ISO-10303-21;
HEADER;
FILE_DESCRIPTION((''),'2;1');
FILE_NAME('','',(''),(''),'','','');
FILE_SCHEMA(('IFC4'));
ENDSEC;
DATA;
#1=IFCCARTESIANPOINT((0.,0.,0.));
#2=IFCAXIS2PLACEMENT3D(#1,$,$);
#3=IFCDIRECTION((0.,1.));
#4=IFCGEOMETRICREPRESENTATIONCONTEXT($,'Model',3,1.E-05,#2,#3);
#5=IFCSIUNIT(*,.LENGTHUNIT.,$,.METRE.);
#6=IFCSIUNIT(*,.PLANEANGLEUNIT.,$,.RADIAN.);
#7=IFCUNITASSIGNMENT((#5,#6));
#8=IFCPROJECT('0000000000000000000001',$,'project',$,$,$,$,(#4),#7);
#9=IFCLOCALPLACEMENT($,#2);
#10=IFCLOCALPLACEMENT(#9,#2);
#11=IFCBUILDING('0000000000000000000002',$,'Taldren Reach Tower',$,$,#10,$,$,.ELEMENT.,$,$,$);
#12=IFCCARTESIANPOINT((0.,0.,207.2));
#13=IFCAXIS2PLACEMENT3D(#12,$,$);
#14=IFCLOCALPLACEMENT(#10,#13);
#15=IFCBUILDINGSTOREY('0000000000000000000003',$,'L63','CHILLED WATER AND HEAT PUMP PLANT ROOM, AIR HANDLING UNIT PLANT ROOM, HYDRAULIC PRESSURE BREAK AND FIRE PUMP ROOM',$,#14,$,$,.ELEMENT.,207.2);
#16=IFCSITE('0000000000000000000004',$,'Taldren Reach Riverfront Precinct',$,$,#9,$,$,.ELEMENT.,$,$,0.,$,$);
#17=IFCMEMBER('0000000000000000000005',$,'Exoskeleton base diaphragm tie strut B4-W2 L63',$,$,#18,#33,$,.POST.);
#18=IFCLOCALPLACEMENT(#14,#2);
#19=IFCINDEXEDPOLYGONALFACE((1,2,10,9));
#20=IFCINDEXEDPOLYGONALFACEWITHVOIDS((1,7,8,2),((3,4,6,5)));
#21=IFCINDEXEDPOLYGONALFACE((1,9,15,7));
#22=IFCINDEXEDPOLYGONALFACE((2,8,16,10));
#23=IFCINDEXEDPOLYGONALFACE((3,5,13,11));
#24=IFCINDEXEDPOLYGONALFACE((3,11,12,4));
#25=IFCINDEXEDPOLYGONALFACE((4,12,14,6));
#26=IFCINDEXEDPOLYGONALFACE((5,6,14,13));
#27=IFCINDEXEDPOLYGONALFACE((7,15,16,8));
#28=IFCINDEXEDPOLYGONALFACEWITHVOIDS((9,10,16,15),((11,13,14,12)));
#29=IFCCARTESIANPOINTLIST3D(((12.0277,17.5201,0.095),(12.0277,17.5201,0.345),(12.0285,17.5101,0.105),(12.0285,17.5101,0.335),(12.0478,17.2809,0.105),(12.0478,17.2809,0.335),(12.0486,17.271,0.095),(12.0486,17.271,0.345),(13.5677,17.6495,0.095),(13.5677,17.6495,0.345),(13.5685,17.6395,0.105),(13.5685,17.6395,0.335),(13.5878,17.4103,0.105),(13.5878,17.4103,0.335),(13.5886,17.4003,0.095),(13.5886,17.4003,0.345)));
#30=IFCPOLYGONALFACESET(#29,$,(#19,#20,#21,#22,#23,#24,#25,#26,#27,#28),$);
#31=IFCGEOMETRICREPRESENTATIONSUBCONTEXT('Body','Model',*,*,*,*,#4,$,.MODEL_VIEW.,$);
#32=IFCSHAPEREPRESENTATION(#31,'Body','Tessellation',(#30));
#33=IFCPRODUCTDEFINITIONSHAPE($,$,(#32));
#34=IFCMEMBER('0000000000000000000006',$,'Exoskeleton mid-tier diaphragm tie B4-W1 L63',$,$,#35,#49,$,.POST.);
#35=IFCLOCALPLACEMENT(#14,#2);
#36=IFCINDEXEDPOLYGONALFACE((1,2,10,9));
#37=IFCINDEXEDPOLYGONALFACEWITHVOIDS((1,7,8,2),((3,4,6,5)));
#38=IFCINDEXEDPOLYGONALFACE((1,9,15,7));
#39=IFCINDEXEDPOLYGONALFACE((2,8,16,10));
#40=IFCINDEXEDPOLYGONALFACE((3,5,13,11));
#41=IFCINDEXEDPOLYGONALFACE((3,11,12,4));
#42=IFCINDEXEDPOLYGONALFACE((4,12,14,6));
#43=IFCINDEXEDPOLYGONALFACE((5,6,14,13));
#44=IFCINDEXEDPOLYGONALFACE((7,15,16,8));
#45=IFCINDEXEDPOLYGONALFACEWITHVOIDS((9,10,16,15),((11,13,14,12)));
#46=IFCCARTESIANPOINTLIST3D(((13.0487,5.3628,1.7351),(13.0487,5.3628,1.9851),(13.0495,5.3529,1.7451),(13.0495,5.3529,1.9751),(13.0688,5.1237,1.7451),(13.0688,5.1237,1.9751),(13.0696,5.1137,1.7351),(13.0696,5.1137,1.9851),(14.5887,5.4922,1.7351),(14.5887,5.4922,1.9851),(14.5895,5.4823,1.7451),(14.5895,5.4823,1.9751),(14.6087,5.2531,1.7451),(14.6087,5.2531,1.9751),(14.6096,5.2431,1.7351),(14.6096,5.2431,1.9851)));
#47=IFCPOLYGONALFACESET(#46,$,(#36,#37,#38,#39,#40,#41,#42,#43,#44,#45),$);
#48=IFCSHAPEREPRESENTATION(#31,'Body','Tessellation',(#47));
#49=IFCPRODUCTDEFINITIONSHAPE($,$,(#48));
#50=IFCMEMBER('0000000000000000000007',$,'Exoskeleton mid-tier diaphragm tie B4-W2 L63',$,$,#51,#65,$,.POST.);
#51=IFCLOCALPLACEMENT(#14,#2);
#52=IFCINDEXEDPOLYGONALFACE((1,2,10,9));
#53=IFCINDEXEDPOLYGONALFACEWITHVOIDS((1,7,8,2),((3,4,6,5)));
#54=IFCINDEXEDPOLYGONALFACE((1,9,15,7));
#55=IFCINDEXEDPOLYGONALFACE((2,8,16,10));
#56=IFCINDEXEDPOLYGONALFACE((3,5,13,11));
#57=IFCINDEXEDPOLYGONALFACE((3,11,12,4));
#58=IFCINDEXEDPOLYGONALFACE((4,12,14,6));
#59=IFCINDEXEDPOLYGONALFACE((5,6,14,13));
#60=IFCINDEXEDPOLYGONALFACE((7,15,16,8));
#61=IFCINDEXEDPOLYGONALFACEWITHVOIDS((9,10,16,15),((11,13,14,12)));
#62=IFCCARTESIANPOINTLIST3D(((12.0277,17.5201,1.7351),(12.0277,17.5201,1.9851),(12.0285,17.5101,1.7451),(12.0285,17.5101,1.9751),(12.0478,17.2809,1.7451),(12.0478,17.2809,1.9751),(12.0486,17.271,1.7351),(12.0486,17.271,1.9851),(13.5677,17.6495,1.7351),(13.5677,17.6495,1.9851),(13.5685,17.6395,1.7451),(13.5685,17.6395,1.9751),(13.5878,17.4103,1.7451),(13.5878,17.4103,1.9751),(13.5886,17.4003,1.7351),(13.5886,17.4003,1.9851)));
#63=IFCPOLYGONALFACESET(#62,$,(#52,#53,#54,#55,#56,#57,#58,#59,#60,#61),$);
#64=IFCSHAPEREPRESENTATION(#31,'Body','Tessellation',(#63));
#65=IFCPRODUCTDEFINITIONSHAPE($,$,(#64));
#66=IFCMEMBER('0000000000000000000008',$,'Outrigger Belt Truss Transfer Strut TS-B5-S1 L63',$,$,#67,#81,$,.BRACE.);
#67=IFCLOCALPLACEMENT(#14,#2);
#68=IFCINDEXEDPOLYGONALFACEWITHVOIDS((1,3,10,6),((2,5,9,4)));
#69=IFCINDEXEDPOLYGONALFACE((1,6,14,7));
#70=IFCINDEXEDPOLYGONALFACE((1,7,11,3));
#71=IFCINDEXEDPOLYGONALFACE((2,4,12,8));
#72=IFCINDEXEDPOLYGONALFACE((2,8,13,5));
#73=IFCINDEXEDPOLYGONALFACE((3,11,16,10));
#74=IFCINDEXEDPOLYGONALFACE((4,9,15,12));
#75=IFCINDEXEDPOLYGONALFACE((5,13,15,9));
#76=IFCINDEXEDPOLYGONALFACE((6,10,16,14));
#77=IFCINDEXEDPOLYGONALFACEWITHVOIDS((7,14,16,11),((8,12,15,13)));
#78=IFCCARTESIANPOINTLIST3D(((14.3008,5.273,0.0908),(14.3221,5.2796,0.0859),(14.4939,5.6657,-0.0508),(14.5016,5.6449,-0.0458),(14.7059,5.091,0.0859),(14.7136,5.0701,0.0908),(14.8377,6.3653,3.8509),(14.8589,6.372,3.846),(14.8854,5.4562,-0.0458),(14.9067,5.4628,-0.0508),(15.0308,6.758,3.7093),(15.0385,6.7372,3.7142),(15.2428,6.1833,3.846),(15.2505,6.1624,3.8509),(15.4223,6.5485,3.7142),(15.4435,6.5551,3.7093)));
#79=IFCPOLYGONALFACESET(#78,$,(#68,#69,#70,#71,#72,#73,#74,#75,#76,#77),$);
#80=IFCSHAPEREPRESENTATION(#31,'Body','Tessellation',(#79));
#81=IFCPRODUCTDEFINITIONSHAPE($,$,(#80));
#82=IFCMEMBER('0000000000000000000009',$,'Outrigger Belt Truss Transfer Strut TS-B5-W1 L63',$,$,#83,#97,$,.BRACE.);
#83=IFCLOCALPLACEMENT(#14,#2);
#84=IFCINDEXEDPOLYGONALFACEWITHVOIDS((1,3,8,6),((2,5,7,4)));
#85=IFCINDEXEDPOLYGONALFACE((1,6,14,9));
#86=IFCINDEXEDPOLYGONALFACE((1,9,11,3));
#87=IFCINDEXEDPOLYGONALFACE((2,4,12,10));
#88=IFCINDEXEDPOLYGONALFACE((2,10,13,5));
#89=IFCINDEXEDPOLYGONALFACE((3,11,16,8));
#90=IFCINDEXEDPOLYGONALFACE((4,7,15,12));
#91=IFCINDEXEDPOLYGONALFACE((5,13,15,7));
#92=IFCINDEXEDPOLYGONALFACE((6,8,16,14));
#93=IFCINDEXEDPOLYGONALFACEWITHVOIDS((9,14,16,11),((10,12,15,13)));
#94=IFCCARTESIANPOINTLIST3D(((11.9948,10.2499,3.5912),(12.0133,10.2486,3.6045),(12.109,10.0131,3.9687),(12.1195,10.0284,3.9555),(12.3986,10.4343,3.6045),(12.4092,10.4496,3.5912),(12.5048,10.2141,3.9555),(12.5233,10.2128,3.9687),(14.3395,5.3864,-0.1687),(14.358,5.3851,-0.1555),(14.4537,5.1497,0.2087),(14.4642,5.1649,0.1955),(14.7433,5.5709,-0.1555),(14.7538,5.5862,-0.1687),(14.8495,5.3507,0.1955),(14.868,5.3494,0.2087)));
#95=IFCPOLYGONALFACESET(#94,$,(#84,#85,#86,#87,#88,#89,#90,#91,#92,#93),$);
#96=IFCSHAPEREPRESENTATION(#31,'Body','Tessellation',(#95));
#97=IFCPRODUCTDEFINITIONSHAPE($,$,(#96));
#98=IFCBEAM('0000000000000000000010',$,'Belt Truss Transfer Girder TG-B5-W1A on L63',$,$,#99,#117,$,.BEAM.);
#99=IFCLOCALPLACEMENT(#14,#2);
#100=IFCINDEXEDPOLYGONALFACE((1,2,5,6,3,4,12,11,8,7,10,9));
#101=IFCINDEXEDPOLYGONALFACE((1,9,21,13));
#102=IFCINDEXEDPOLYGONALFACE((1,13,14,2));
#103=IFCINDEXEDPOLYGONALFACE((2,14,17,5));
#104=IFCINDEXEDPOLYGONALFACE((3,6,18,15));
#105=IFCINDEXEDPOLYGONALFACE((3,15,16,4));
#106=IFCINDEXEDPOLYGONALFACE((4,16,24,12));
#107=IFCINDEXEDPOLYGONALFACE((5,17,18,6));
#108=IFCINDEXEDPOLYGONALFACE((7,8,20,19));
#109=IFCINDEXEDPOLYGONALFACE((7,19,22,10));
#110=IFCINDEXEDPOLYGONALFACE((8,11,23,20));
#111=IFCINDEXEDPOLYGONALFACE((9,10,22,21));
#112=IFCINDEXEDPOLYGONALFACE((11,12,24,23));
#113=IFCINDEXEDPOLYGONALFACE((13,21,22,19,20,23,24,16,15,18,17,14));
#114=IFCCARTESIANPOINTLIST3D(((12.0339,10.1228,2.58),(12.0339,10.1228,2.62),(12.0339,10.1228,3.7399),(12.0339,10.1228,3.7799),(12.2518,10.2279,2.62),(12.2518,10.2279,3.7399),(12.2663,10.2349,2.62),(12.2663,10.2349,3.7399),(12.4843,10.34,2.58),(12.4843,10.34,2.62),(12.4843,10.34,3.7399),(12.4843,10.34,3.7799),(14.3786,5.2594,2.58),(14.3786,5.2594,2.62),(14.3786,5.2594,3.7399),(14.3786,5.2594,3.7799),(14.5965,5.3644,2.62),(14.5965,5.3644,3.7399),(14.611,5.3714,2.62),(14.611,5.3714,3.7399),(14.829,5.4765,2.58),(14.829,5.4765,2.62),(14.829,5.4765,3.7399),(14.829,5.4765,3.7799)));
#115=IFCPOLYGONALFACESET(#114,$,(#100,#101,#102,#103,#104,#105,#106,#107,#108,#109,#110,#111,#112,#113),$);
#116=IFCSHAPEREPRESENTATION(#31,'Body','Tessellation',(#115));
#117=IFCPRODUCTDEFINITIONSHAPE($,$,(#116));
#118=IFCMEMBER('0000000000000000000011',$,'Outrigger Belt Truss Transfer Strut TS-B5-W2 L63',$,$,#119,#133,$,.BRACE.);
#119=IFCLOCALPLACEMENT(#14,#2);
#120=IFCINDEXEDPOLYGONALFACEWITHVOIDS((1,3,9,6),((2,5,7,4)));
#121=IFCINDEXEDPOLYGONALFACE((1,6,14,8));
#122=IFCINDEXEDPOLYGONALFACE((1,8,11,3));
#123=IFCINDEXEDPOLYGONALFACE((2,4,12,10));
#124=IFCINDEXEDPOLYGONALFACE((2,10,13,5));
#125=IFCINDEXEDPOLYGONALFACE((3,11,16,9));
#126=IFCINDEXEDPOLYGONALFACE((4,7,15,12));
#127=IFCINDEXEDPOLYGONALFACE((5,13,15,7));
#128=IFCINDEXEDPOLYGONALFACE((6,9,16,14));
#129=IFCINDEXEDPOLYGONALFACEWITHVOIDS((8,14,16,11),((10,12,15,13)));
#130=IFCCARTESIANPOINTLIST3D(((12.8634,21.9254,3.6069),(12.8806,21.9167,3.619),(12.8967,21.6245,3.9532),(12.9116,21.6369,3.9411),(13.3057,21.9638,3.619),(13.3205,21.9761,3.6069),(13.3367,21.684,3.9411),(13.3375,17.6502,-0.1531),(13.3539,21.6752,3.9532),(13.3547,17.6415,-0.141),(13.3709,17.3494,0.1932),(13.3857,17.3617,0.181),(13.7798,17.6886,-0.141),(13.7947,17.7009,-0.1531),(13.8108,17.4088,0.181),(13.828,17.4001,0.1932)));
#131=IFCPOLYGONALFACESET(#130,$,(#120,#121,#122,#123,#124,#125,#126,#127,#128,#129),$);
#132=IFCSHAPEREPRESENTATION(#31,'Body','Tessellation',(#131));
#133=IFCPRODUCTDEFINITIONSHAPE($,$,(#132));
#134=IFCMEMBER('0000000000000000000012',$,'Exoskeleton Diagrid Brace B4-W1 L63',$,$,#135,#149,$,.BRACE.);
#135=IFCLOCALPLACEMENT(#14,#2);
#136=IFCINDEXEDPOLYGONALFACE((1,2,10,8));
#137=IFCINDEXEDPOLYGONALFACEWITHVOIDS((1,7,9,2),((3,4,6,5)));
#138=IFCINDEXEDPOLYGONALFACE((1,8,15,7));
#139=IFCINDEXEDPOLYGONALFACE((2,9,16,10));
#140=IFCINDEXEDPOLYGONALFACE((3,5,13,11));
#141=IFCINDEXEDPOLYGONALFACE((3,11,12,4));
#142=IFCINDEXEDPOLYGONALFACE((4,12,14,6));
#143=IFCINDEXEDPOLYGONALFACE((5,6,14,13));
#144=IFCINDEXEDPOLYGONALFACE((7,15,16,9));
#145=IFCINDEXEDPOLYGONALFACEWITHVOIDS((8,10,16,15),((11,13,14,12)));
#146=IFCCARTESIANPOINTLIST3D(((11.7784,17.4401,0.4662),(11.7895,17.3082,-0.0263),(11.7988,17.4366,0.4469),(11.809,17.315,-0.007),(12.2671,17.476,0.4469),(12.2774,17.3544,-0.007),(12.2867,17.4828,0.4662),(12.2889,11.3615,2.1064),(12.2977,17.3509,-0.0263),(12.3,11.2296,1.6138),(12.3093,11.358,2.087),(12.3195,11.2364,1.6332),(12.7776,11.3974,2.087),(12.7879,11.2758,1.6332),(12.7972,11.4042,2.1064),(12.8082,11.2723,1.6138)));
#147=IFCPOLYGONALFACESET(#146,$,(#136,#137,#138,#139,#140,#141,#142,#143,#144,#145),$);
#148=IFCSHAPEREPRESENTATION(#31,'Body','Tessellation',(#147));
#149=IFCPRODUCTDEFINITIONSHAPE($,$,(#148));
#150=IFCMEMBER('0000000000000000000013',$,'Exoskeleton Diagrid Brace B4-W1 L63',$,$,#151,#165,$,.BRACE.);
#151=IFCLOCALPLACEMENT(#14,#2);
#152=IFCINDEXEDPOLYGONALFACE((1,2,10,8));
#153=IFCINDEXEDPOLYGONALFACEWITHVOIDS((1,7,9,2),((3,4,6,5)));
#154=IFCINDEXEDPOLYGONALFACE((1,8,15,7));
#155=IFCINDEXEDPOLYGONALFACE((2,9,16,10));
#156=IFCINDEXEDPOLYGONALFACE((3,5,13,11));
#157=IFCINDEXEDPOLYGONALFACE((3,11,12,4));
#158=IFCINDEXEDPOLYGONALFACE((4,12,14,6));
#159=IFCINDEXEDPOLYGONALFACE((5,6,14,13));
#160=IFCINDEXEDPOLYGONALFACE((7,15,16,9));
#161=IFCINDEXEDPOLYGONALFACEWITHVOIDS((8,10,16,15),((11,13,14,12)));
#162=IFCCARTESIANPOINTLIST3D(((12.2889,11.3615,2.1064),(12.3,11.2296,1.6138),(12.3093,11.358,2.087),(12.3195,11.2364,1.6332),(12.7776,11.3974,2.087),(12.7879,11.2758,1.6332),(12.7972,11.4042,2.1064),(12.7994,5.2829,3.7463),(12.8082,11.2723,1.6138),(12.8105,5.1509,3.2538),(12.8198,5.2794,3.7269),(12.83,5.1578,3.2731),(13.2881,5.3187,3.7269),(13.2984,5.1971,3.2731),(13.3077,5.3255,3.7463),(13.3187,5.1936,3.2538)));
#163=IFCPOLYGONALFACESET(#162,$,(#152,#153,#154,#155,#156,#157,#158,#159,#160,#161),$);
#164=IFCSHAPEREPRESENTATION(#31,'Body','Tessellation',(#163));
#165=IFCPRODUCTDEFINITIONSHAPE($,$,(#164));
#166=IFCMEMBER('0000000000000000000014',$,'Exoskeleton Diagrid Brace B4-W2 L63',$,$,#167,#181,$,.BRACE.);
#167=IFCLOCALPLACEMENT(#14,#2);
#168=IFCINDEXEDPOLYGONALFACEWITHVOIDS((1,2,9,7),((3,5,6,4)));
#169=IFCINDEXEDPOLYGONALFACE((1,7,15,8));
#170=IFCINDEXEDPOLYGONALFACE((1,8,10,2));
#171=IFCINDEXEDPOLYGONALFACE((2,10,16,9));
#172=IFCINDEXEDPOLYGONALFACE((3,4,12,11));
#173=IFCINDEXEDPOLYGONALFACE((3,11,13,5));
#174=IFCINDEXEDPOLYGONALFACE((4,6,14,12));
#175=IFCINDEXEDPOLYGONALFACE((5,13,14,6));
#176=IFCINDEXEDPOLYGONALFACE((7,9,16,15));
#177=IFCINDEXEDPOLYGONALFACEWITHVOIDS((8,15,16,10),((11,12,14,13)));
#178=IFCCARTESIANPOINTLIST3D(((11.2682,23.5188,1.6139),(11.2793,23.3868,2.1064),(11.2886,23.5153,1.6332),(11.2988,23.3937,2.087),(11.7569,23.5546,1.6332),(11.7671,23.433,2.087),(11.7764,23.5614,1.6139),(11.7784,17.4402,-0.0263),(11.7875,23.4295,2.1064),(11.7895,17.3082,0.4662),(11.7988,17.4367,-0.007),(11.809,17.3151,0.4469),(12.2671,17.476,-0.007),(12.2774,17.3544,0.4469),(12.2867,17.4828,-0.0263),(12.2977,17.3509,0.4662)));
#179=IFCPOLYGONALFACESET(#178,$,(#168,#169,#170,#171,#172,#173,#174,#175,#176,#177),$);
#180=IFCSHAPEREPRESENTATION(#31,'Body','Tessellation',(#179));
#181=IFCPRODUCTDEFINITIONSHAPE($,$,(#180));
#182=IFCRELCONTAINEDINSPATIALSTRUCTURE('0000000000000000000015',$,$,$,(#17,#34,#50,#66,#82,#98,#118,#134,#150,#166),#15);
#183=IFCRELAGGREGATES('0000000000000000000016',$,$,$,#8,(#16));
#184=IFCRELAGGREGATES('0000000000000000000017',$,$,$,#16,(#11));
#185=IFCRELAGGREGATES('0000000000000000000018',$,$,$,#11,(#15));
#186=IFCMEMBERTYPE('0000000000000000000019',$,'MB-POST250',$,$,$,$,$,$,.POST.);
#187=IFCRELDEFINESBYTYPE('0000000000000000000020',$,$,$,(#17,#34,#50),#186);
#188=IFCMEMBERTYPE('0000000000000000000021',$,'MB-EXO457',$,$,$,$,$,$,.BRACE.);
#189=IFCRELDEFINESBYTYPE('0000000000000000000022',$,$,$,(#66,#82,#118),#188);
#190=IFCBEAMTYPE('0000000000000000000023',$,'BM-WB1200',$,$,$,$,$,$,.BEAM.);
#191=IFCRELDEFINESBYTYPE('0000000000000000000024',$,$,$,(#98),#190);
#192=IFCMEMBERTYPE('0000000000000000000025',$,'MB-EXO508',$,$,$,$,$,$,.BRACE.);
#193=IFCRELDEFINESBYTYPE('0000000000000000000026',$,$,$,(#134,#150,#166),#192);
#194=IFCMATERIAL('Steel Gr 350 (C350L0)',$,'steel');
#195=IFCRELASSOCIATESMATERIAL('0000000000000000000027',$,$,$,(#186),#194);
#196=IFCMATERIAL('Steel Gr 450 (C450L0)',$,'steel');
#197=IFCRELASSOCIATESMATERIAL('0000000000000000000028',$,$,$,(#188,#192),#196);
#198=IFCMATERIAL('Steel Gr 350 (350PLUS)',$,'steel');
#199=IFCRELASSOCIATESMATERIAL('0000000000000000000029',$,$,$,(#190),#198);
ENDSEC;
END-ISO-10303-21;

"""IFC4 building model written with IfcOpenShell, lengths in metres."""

from ifc_helpers import new_model, si_unit, direction, frame, origin, origin_2d, place, context, subcontext, project, spatial, hollow_rectangle, i_section, extrude, source, transform, mapped, material, material_profile, profile_set, type_object, element, save


model = new_model("IFC4")

# Units and contexts
model_context = context("Model", 3, precision=1e-05, world=origin(), true_north=direction((0.0, 1.0)))
body_context = subcontext(model_context, "Body", "Model", "MODEL_VIEW")
ifc_project = project(units=[si_unit("LENGTHUNIT", "METRE"), si_unit("PLANEANGLEUNIT", "RADIAN")], contexts=[model_context])

# Site, building, storey
site_placement = place(None, origin())
site = spatial("IfcSite", under=ifc_project, at=site_placement, Name="Taldren Reach Riverfront Precinct", CompositionType="ELEMENT", RefElevation=0.0)
building_placement = place(site_placement, origin())
building = spatial("IfcBuilding", under=site, at=building_placement, Name="Taldren Reach Tower", CompositionType="ELEMENT")
storey_placement = place(building_placement, frame((0.0, 0.0, 207.2)))
storey = spatial("IfcBuildingStorey", under=building, at=storey_placement, Name="L63", Description="CHILLED WATER AND HEAT PUMP PLANT ROOM, AIR HANDLING UNIT PLANT ROOM, HYDRAULIC PRESSURE BREAK AND FIRE PUMP ROOM", CompositionType="ELEMENT", Elevation=207.2)

# Shared definitions
ifc_material_1 = material(Name="Steel Gr 350 (350PLUS)", Category="steel")

# Members
ifc_material_2 = material(Name="Steel Gr 450 (C450L0)", Category="steel")
ifc_material_3 = material(Name="Steel Gr 350 (C350L0)", Category="steel")
ifc_material_profile_1 = material_profile(ifc_material_3, hollow_rectangle(XDim=0.25, YDim=0.25, WallThickness=0.01, at=origin_2d()), Name="250x250x10.0SHS")
ifc_profile_set_1 = profile_set([ifc_material_profile_1], Name="Steel Gr 350 (C350L0)")
member_type_1 = type_object("IfcMemberType", Name="MB-POST250", PredefinedType="POST", material=ifc_profile_set_1)
shared_shape_1 = source(origin(), body_context, "Body", "SweptSolid", [
    extrude(hollow_rectangle(XDim=0.25, YDim=0.25, WallThickness=0.01, at=origin_2d()), origin(), (0.0, 0.0, 1.0), 1.5454),
])
for number, where, z_axis, x_axis, name in (
    (1, (13.5781, 17.5249, 0.22), (-0.996489, -0.083725, 0.0), (0.083725, -0.996489, 0.0), "Exoskeleton base diaphragm tie strut B4-W2 L63"),
    (2, (14.5991, 5.3677, 1.8601), (-0.996489, -0.083725, 0.0), (0.083725, -0.996489, 0.0), "Exoskeleton mid-tier diaphragm tie B4-W1 L63"),
    (3, (13.5781, 17.5249, 1.8601), (-0.996489, -0.083725, 0.0), (0.083725, -0.996489, 0.0), "Exoskeleton mid-tier diaphragm tie B4-W2 L63"),
):
    element("IfcMember", number, at=place(storey_placement, frame(where, z_axis=z_axis, x_axis=x_axis)), inside=storey, type_object=member_type_1, Name=name, PredefinedType="POST", context=body_context, shape_type="MappedRepresentation", body=[
        mapped(shared_shape_1, transform((0.0, 0.0, 0.0), scale=1.0)),
    ])
ifc_material_profile_2 = material_profile(ifc_material_2, hollow_rectangle(XDim=0.46, YDim=0.46, WallThickness=0.0161, at=origin_2d()), Name="460x460x16.0SHS")
ifc_profile_set_2 = profile_set([ifc_material_profile_2], Name="Steel Gr 450 (C450L0)")
member_type_2 = type_object("IfcMemberType", Name="MB-EXO457", PredefinedType="BRACE", material=ifc_profile_set_2)
shared_shape_2 = source(origin(), body_context, "Body", "SweptSolid", [
    extrude(hollow_rectangle(XDim=0.46, YDim=0.46, WallThickness=0.0161, at=origin_2d()), origin(), (0.0, 0.0, 1.0), 3.9521),
])
member_1_placement = place(storey_placement, frame((14.6038, 5.3679, 0.02), z_axis=(0.135844, 0.276382, 0.951399), x_axis=(-0.897455, 0.441105, 0.0)))
element("IfcMember", 4, at=member_1_placement, inside=storey, type_object=member_type_2, Name="Outrigger Belt Truss Transfer Strut TS-B5-S1 L63", PredefinedType="BRACE", context=body_context, shape_type="MappedRepresentation", body=[
    mapped(shared_shape_2, transform((0.0, 0.0, 0.0), scale=1.0)),
])
shared_shape_3 = source(origin(), body_context, "Body", "SweptSolid", [
    extrude(hollow_rectangle(XDim=0.46, YDim=0.46, WallThickness=0.0161, at=origin_2d()), origin(), (0.0, 0.0, 1.0), 6.5793),
])
member_2_placement = place(storey_placement, frame((14.6038, 5.3679, 0.02), z_axis=(-0.356371, 0.739198, 0.571477), x_axis=(-0.900782, -0.434271, 0.0)))
element("IfcMember", 5, at=member_2_placement, inside=storey, type_object=member_type_2, Name="Outrigger Belt Truss Transfer Strut TS-B5-W1 L63", PredefinedType="BRACE", context=body_context, shape_type="MappedRepresentation", body=[
    mapped(shared_shape_3, transform((0.0, 0.0, 0.0), scale=1.0)),
])

# Beam
ifc_material_profile_3 = material_profile(ifc_material_1, i_section(OverallWidth=0.5, OverallDepth=1.2, WebThickness=0.0161, FlangeThickness=0.04, at=origin_2d()), Name="1200WB455")
ifc_profile_set_3 = profile_set([ifc_material_profile_3], Name="Steel Gr 350 (350PLUS)")
beam_type_1 = type_object("IfcBeamType", Name="BM-WB1200", PredefinedType="BEAM", material=ifc_profile_set_3)
shared_shape_4 = source(origin(), body_context, "Body", "SweptSolid", [
    extrude(i_section(OverallWidth=0.5, OverallDepth=1.2, WebThickness=0.0161, FlangeThickness=0.04, at=origin_2d()), origin(), (0.0, 0.0, 1.0), 5.3992),
])
beam_1_placement = place(storey_placement, frame((14.6038, 5.3679, 3.1799), z_axis=(-0.434271, 0.900782, 0.0), x_axis=(-0.900782, -0.434271, 0.0)))
element("IfcBeam", 6, at=beam_1_placement, inside=storey, type_object=beam_type_1, Name="Belt Truss Transfer Girder TG-B5-W1A on L63", PredefinedType="BEAM", context=body_context, shape_type="MappedRepresentation", body=[
    mapped(shared_shape_4, transform((0.0, 0.0, 0.0), scale=1.0)),
])

# Members
shared_shape_5 = source(origin(), body_context, "Body", "SweptSolid", [
    extrude(hollow_rectangle(XDim=0.46, YDim=0.46, WallThickness=0.0161, at=origin_2d()), origin(), (0.0, 0.0, 1.0), 5.7131),
])
member_3_placement = place(storey_placement, frame((13.5828, 17.5251, 0.02), z_axis=(-0.082989, 0.748308, 0.65814), x_axis=(-0.993907, -0.110226, 0.0)))
element("IfcMember", 7, at=member_3_placement, inside=storey, type_object=member_type_2, Name="Outrigger Belt Truss Transfer Strut TS-B5-W2 L63", PredefinedType="BRACE", context=body_context, shape_type="MappedRepresentation", body=[
    mapped(shared_shape_5, transform((0.0, 0.0, 0.0), scale=1.0)),
])
ifc_material_profile_4 = material_profile(ifc_material_2, hollow_rectangle(XDim=0.51, YDim=0.51, WallThickness=0.02, at=origin_2d()), Name="510x510x20.0SHS")
ifc_profile_set_4 = profile_set([ifc_material_profile_4], Name="Steel Gr 450 (C450L0)")
member_type_3 = type_object("IfcMemberType", Name="MB-EXO508", PredefinedType="BRACE", material=ifc_profile_set_4)
shared_shape_6 = source(origin(), body_context, "Body", "SweptSolid", [
    extrude(hollow_rectangle(XDim=0.51, YDim=0.51, WallThickness=0.02, at=origin_2d()), origin(), (0.0, 0.0, 1.0), 6.3167),
])
for number, where, z_axis, x_axis, name in (
    (8, (12.0381, 17.3955, 0.22), (0.080818, -0.962314, 0.259653), (0.996492, 0.083688, 0.0), "Exoskeleton Diagrid Brace B4-W1 L63"),
    (9, (12.5486, 11.3169, 1.8601), (0.080819, -0.962324, 0.259616), (0.996492, 0.083688, 0.0), "Exoskeleton Diagrid Brace B4-W1 L63"),
    (10, (12.0381, 17.3955, 0.22), (-0.080779, 0.962317, 0.259653), (-0.996495, -0.083648, 0.0), "Exoskeleton Diagrid Brace B4-W2 L63"),
):
    element("IfcMember", number, at=place(storey_placement, frame(where, z_axis=z_axis, x_axis=x_axis)), inside=storey, type_object=member_type_3, Name=name, PredefinedType="BRACE", context=body_context, shape_type="MappedRepresentation", body=[
        mapped(shared_shape_6, transform((0.0, 0.0, 0.0), scale=1.0)),
    ])

save(model, "model.ifc")
